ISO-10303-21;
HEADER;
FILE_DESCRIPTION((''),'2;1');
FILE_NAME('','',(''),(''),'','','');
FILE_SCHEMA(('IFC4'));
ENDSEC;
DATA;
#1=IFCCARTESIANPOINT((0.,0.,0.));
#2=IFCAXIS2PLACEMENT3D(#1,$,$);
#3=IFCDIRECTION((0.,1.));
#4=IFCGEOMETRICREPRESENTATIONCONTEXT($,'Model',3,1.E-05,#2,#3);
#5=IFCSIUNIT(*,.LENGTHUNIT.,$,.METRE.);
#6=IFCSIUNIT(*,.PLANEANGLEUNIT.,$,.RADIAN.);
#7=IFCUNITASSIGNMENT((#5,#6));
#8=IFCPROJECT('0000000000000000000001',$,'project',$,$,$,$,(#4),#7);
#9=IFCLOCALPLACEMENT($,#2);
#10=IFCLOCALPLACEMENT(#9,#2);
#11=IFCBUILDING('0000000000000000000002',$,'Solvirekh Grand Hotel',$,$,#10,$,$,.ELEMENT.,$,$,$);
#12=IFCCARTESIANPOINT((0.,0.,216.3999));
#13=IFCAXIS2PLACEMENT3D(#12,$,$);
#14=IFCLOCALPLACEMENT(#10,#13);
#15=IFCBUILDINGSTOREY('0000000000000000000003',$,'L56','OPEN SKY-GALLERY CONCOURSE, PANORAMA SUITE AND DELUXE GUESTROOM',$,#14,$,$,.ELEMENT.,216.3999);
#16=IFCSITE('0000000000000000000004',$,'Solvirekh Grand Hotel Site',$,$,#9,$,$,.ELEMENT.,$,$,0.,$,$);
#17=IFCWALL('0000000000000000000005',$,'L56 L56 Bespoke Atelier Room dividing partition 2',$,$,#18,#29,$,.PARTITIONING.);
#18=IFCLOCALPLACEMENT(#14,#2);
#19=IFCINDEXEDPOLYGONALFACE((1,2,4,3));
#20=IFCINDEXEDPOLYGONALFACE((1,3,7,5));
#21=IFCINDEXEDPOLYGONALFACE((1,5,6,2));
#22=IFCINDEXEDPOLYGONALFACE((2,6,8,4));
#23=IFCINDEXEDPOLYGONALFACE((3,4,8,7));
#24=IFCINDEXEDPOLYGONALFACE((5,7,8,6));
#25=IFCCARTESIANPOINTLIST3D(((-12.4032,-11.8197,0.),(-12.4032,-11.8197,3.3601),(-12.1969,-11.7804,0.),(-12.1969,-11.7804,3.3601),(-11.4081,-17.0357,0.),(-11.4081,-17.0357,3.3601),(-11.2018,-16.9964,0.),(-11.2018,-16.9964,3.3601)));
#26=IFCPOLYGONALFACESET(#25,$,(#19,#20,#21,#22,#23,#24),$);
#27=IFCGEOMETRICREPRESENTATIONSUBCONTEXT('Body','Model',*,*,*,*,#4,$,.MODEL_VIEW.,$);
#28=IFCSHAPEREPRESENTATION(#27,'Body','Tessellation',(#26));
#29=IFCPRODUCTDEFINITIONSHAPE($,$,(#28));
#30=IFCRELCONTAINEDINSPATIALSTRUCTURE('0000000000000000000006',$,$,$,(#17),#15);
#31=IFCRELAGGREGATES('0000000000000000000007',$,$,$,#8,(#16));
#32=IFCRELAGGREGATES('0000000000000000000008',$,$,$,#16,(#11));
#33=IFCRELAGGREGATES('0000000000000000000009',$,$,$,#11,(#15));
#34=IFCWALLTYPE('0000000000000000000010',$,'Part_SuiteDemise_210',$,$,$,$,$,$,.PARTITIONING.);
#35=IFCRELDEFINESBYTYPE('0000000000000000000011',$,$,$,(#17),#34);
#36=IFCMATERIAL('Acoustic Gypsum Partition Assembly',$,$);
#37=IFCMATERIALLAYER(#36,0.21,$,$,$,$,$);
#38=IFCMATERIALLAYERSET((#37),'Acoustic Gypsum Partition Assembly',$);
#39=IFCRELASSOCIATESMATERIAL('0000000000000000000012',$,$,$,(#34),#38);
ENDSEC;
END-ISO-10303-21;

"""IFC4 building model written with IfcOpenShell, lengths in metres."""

from ifc_helpers import new_model, si_unit, direction, frame, frame_2d, origin, place, context, subcontext, project, spatial, rectangle, extrude, material, layer, layer_set, type_object, element, save


model = new_model("IFC4")

# Units and contexts
model_context = context("Model", 3, precision=1e-05, world=origin(), true_north=direction((0.0, 1.0)))
body_context = subcontext(model_context, "Body", "Model", "MODEL_VIEW")
ifc_project = project(units=[si_unit("LENGTHUNIT", "METRE"), si_unit("PLANEANGLEUNIT", "RADIAN")], contexts=[model_context])

# Site, building, storey
site_placement = place(None, origin())
site = spatial("IfcSite", under=ifc_project, at=site_placement, Name="Solvirekh Grand Hotel Site", CompositionType="ELEMENT", RefElevation=0.0)
building_placement = place(site_placement, origin())
building = spatial("IfcBuilding", under=site, at=building_placement, Name="Solvirekh Grand Hotel", CompositionType="ELEMENT")
storey_placement = place(building_placement, frame((0.0, 0.0, 216.3999)))
storey = spatial("IfcBuildingStorey", under=building, at=storey_placement, Name="L56", Description="OPEN SKY-GALLERY CONCOURSE, PANORAMA SUITE AND DELUXE GUESTROOM", CompositionType="ELEMENT", Elevation=216.3999)

# Shared definitions
ifc_material_1 = material(Name="Acoustic Gypsum Partition Assembly")

# Wall
ifc_layer_1 = layer(ifc_material_1, 0.21)
ifc_layer_set_1 = layer_set([ifc_layer_1], Name="Acoustic Gypsum Partition Assembly")
wall_type_1 = type_object("IfcWallType", Name="Part_SuiteDemise_210", PredefinedType="PARTITIONING", material=ifc_layer_set_1)
wall_1_placement = place(storey_placement, frame((-12.3, -11.8, 0.0), z_axis=(0.0, 0.0, 1.0), x_axis=(0.187399, -0.982284, 0.0)))
element("IfcWall", 1, at=wall_1_placement, inside=storey, type_object=wall_type_1, Name="L56 L56 Bespoke Atelier Room dividing partition 2", PredefinedType="PARTITIONING", context=body_context, shape_type="SweptSolid", body=[
    extrude(rectangle(XDim=5.3101, YDim=0.21, at=frame_2d((2.655, 0.0))), origin(), (0.0, 0.0, 1.0), 3.3601),
])

save(model, "model.ifc")
